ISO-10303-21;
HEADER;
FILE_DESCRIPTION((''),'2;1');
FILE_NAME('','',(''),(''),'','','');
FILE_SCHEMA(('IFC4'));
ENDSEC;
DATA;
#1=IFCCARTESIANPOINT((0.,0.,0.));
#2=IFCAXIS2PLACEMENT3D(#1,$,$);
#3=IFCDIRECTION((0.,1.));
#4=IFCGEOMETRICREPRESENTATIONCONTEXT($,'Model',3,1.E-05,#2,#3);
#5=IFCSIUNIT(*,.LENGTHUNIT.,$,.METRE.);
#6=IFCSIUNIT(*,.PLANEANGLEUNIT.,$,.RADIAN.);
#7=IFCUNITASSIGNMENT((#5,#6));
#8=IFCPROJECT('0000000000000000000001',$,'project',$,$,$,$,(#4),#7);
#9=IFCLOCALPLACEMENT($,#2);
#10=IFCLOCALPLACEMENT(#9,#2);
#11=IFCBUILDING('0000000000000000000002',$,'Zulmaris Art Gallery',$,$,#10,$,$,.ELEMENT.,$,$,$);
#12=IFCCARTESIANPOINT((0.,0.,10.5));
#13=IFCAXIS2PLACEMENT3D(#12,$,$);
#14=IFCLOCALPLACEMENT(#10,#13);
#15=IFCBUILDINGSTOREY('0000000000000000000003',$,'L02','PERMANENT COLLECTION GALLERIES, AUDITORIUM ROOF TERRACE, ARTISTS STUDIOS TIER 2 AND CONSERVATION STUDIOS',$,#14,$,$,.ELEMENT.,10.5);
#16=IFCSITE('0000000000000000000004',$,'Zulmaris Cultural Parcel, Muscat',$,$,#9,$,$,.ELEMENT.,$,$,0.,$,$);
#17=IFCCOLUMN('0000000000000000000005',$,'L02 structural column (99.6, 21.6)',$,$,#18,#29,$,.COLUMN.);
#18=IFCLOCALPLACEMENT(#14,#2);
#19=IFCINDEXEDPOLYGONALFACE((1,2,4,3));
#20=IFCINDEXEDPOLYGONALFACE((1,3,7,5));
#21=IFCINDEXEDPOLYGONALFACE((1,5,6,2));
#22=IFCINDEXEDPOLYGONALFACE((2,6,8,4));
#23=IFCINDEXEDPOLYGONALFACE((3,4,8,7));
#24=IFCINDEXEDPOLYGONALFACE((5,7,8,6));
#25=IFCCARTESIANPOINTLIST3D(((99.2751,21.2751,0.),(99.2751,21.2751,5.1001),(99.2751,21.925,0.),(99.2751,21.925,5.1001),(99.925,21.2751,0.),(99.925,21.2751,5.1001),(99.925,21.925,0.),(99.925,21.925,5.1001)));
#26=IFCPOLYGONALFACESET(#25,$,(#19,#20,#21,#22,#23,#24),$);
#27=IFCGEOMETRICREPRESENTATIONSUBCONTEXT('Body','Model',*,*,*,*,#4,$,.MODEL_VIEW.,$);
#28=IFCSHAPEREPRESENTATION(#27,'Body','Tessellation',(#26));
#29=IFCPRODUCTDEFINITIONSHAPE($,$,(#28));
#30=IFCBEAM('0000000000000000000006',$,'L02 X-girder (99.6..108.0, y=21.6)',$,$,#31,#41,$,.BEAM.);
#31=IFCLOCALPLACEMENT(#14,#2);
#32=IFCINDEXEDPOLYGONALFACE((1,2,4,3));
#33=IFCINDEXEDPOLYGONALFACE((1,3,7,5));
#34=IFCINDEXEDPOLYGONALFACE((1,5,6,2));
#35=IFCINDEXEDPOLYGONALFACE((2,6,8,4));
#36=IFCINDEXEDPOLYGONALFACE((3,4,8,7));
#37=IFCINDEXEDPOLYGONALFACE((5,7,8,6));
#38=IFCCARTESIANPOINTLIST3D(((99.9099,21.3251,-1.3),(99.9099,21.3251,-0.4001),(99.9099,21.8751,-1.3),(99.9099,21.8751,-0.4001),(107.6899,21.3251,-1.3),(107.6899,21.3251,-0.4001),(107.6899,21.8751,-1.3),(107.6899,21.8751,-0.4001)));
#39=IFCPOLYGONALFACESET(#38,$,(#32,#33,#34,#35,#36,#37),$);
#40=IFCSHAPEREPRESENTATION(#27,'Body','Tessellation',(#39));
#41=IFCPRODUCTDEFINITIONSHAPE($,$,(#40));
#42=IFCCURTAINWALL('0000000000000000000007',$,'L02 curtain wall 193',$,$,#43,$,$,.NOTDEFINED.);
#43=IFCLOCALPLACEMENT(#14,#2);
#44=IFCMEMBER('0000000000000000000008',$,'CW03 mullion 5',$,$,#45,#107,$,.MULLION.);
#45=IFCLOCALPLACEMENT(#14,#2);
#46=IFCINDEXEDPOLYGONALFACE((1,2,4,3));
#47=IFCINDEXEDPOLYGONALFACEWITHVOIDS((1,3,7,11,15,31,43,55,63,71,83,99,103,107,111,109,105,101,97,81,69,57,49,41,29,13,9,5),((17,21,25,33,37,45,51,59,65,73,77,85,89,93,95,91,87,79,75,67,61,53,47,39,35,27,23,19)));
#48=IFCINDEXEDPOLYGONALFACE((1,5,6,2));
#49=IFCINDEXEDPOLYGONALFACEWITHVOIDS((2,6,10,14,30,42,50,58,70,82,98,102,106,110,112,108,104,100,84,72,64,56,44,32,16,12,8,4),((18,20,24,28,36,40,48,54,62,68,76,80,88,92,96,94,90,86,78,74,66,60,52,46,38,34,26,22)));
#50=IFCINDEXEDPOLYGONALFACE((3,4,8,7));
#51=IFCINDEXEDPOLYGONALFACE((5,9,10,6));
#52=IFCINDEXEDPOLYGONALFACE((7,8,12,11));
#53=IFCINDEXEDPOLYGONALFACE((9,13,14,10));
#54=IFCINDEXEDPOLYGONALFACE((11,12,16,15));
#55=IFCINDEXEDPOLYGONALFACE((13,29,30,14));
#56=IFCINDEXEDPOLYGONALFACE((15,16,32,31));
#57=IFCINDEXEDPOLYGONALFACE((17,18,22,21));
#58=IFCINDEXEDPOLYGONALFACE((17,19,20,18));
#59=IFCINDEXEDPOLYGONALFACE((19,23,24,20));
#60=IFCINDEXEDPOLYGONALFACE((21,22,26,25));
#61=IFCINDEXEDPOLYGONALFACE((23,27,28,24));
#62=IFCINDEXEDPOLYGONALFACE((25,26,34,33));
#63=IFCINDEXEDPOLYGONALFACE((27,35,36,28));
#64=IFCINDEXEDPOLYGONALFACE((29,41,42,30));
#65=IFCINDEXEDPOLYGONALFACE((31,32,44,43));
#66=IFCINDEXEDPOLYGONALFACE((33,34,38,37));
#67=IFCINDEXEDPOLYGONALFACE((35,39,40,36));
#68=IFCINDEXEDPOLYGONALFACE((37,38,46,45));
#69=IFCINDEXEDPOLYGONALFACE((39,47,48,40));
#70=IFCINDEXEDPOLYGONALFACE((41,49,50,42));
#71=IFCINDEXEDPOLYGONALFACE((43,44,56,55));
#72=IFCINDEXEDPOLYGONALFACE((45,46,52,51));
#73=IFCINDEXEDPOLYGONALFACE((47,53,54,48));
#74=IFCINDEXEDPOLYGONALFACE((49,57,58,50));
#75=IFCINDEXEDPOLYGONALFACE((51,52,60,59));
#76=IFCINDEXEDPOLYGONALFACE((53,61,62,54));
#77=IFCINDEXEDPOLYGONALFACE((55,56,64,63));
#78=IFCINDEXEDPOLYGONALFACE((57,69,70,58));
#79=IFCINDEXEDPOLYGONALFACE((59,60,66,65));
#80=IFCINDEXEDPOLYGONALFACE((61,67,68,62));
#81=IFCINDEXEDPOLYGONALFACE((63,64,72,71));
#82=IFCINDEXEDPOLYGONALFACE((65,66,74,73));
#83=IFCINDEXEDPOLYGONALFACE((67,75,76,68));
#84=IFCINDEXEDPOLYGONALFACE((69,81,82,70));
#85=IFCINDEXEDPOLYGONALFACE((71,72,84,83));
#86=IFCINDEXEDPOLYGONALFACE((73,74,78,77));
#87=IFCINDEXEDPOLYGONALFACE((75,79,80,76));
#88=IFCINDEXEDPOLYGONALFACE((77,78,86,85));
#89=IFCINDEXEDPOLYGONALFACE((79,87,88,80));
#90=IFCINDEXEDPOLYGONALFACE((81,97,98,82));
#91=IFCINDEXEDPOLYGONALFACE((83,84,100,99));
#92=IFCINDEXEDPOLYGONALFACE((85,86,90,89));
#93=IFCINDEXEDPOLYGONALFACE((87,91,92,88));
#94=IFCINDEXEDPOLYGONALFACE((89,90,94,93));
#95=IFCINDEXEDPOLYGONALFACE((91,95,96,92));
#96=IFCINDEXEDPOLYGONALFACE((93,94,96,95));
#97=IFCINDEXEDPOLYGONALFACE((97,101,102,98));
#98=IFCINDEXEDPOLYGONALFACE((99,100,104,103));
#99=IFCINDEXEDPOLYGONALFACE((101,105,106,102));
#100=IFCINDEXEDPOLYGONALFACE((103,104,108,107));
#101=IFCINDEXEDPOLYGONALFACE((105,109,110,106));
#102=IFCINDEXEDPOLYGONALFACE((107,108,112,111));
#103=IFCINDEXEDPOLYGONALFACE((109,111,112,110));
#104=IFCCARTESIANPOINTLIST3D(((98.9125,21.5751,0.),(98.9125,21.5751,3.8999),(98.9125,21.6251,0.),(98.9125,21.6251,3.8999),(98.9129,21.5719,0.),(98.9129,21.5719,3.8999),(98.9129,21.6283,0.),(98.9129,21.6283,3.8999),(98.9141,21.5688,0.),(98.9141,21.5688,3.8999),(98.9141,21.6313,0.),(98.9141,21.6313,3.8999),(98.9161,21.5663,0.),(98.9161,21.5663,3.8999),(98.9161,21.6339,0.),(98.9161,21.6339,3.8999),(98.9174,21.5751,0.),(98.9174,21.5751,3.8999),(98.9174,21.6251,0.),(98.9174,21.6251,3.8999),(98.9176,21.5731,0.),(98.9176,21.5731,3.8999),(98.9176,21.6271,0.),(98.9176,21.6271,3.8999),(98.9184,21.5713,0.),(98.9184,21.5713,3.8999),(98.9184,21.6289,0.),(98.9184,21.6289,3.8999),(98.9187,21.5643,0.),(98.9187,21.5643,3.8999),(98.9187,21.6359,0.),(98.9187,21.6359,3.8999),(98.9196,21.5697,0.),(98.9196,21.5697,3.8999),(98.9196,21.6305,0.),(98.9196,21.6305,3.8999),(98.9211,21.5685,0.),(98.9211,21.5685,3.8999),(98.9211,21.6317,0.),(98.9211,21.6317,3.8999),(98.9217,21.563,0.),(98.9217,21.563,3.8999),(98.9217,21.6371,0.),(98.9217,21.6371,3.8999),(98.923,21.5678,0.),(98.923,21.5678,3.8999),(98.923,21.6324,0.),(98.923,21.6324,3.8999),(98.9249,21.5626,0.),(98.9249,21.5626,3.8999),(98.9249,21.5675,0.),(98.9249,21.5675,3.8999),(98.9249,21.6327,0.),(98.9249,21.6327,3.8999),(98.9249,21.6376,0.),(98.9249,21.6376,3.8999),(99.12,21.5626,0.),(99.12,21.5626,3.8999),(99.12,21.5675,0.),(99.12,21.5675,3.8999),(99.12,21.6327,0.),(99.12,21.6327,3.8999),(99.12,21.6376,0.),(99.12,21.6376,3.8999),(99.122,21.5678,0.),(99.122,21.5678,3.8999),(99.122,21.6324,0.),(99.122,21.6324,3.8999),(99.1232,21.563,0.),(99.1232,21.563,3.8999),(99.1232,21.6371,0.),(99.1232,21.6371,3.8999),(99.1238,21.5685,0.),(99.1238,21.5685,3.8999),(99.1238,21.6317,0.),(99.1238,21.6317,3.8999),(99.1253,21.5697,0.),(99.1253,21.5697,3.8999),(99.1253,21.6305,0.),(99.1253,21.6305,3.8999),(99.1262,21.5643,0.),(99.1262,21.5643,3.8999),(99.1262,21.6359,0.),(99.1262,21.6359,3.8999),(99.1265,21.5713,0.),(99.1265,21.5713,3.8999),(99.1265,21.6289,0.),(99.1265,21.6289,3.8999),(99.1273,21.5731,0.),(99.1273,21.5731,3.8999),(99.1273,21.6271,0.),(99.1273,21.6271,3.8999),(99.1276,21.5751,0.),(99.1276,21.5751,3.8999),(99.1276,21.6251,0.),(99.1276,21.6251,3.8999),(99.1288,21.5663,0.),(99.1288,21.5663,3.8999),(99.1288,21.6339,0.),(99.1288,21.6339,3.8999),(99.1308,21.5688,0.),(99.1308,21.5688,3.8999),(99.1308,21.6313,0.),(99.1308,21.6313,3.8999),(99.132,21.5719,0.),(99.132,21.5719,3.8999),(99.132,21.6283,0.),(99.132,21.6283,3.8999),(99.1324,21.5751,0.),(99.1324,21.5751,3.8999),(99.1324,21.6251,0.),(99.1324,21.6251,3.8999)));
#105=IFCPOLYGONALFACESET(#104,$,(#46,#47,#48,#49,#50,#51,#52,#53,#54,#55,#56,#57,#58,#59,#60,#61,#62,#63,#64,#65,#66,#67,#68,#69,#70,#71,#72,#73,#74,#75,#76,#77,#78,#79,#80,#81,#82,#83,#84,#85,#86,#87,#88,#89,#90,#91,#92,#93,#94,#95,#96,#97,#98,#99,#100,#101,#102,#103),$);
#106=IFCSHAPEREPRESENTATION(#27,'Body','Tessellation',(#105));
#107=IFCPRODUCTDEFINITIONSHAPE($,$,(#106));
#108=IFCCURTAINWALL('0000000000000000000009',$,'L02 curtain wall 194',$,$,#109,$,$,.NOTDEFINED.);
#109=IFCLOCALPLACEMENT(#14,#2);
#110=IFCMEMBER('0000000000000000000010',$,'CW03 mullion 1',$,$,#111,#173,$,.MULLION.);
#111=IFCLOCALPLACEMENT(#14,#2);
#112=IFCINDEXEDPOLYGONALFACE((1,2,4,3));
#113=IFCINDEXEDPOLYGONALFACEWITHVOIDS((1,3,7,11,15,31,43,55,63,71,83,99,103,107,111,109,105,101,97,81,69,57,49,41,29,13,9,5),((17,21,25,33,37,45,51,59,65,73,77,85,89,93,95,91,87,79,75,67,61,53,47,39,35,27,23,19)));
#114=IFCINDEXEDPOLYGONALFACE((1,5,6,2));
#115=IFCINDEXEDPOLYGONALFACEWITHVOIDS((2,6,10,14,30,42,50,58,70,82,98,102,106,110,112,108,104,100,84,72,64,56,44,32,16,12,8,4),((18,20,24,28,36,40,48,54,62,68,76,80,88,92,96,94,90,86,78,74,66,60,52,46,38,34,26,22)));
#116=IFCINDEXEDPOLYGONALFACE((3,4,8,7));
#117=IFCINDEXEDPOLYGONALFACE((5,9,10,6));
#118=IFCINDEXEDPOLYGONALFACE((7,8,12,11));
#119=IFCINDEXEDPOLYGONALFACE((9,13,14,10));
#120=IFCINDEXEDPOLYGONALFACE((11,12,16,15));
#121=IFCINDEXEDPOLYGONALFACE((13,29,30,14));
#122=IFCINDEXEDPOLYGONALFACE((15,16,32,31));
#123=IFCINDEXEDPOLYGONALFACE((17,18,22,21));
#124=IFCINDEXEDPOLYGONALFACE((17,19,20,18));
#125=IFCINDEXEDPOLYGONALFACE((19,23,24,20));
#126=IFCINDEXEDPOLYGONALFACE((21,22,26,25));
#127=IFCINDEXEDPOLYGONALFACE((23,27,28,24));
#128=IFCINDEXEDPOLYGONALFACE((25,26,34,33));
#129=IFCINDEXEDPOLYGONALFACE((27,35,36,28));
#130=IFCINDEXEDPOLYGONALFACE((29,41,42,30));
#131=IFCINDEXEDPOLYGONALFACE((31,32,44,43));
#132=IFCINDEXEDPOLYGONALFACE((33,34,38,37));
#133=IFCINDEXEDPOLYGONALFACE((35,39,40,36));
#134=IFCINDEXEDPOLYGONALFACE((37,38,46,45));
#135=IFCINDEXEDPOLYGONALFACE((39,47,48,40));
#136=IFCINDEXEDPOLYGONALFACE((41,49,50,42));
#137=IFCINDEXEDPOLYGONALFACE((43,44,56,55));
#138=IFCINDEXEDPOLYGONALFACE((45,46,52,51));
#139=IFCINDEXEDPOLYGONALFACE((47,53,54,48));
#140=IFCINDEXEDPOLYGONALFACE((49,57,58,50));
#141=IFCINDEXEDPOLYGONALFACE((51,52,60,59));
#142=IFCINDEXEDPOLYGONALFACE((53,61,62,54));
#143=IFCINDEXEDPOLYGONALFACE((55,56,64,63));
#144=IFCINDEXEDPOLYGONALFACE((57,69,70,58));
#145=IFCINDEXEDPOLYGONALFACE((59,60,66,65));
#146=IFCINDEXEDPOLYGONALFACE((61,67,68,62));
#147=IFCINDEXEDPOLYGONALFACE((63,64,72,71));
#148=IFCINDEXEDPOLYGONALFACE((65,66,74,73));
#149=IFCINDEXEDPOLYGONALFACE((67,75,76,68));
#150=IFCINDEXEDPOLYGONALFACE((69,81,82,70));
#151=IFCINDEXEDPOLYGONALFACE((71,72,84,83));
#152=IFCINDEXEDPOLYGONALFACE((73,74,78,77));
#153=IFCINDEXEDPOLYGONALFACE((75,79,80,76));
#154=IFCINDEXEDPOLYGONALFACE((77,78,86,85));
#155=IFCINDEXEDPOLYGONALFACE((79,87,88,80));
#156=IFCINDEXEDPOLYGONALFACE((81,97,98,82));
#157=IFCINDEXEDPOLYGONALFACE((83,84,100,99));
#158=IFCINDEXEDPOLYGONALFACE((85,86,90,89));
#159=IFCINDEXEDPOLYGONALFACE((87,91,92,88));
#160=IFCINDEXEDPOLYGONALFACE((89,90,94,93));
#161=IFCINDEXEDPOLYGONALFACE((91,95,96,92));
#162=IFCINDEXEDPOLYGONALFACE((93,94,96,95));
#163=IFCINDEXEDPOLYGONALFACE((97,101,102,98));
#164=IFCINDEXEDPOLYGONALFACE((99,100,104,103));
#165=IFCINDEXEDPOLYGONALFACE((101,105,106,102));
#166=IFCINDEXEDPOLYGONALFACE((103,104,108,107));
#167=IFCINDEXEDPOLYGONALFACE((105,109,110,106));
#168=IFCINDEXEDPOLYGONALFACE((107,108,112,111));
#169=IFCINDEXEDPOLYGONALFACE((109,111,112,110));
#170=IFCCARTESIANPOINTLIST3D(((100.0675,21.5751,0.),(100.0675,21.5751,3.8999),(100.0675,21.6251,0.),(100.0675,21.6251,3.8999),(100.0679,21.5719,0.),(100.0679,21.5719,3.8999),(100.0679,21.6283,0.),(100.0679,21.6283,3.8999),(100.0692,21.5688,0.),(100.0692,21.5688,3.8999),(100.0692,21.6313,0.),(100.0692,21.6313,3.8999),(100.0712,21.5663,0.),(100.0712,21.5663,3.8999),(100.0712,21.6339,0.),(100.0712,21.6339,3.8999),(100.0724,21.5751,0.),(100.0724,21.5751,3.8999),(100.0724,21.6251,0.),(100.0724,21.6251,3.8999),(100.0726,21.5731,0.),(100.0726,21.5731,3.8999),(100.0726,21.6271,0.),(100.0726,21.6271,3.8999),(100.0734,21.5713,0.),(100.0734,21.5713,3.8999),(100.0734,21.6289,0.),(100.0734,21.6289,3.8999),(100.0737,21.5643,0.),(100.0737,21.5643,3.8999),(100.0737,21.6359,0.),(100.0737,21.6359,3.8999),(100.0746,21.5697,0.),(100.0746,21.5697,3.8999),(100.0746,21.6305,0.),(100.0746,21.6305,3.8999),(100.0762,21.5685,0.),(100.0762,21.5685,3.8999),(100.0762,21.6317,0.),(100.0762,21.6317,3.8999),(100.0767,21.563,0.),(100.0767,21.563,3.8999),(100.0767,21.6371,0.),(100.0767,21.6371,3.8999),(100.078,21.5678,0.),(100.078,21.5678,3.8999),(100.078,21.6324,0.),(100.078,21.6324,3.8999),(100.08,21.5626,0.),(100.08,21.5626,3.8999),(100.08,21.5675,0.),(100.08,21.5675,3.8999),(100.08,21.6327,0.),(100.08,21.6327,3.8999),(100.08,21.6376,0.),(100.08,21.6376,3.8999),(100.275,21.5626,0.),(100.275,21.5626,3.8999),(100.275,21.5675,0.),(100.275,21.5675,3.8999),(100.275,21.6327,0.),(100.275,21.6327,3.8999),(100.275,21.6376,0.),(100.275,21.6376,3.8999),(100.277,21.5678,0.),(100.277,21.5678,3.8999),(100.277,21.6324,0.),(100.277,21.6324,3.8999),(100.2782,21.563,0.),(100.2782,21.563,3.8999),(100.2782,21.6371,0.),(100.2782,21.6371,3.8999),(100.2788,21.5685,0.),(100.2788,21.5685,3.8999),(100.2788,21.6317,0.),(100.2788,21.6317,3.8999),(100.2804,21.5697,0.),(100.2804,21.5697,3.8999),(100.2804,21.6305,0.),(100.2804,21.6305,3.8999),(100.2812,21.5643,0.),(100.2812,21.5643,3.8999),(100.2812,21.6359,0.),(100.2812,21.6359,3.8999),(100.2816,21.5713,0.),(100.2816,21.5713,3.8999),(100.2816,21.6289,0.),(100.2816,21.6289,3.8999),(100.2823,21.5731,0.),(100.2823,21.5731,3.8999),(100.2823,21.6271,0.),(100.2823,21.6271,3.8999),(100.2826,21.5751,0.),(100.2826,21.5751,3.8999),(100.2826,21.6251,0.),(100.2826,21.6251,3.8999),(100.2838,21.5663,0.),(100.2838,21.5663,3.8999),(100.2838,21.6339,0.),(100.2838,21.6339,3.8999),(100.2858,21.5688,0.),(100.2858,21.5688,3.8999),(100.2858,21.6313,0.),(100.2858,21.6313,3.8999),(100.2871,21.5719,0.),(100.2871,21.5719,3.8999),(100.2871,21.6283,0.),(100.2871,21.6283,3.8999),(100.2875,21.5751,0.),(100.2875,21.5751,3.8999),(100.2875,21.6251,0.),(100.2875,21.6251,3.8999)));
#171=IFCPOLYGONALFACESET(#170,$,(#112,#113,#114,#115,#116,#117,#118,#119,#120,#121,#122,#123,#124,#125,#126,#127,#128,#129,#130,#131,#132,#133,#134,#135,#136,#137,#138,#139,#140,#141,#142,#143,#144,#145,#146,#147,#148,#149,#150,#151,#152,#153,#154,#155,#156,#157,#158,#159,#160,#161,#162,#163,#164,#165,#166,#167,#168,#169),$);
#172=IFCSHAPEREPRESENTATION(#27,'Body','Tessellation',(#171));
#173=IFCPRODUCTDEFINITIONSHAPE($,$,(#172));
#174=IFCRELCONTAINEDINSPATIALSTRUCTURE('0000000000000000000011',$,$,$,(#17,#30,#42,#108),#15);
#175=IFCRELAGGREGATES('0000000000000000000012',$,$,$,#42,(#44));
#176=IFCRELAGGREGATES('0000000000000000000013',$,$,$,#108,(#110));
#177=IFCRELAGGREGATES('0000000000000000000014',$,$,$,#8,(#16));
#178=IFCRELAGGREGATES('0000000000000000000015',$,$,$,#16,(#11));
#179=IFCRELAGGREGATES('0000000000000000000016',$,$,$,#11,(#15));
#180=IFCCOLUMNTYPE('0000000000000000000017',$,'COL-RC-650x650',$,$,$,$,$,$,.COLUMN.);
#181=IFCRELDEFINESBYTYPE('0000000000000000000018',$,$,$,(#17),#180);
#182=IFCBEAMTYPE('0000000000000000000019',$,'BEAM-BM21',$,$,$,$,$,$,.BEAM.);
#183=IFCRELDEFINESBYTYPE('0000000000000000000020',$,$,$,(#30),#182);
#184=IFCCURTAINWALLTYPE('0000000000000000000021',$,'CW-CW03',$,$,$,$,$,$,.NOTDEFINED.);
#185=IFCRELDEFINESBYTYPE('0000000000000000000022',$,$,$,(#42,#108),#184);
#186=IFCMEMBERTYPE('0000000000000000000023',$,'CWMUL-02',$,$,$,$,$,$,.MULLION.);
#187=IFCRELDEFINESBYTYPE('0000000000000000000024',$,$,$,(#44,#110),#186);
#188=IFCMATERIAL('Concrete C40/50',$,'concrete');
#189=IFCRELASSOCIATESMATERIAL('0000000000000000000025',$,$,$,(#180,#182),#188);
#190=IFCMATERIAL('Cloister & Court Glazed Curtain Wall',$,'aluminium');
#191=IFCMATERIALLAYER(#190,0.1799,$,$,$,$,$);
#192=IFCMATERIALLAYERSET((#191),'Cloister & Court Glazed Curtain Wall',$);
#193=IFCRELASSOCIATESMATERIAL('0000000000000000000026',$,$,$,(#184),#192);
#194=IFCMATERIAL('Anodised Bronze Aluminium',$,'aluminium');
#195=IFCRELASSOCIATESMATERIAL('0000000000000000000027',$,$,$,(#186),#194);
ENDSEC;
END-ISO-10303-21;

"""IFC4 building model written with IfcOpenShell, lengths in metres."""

from ifc_helpers import new_model, si_unit, direction, frame, origin, origin_2d, place, context, subcontext, project, spatial, rectangle, hollow_rectangle, extrude, material, layer, layer_set, material_profile, profile_set, type_object, element, aggregate, save


model = new_model("IFC4")

# Units and contexts
model_context = context("Model", 3, precision=1e-05, world=origin(), true_north=direction((0.0, 1.0)))
body_context = subcontext(model_context, "Body", "Model", "MODEL_VIEW")
ifc_project = project(units=[si_unit("LENGTHUNIT", "METRE"), si_unit("PLANEANGLEUNIT", "RADIAN")], contexts=[model_context])

# Site, building, storey
site_placement = place(None, origin())
site = spatial("IfcSite", under=ifc_project, at=site_placement, Name="Zulmaris Cultural Parcel, Muscat", CompositionType="ELEMENT", RefElevation=0.0)
building_placement = place(site_placement, origin())
building = spatial("IfcBuilding", under=site, at=building_placement, Name="Zulmaris Art Gallery", CompositionType="ELEMENT")
storey_placement = place(building_placement, frame((0.0, 0.0, 10.5)))
storey = spatial("IfcBuildingStorey", under=building, at=storey_placement, Name="L02", Description="PERMANENT COLLECTION GALLERIES, AUDITORIUM ROOF TERRACE, ARTISTS STUDIOS TIER 2 AND CONSERVATION STUDIOS", CompositionType="ELEMENT", Elevation=10.5)

# Column
ifc_material_1 = material(Name="Concrete C40/50", Category="concrete")
ifc_material_profile_1 = material_profile(ifc_material_1, rectangle(XDim=0.6499, YDim=0.6499, at=origin_2d()), Name="RC 650x650")
ifc_profile_set_1 = profile_set([ifc_material_profile_1], Name="Concrete C40/50")
column_type = type_object("IfcColumnType", Name="COL-RC-650x650", PredefinedType="COLUMN", material=ifc_profile_set_1)
column_placement = place(storey_placement, frame((99.6001, 21.6001, 0.0), z_axis=(0.0, 0.0, 1.0), x_axis=(1.0, 0.0, 0.0)))
element("IfcColumn", 1, at=column_placement, inside=storey, type_object=column_type, Name="L02 structural column (99.6, 21.6)", PredefinedType="COLUMN", context=body_context, shape_type="SweptSolid", body=[
    extrude(rectangle(XDim=0.6499, YDim=0.6499, at=origin_2d()), origin(), (0.0, 0.0, 1.0), 5.1001),
])

# Beam
ifc_material_profile_2 = material_profile(ifc_material_1, rectangle(XDim=0.55, YDim=0.8999, at=origin_2d()), Name="RC 550x900")
ifc_profile_set_2 = profile_set([ifc_material_profile_2], Name="Concrete C40/50")
beam_type = type_object("IfcBeamType", Name="BEAM-BM21", PredefinedType="BEAM", material=ifc_profile_set_2)
beam_placement = place(storey_placement, frame((99.9099, 21.6001, -0.8501), z_axis=(1.0, 0.0, 0.0), x_axis=(0.0, 1.0, 0.0)))
element("IfcBeam", 2, at=beam_placement, inside=storey, type_object=beam_type, Name="L02 X-girder (99.6..108.0, y=21.6)", PredefinedType="BEAM", context=body_context, shape_type="SweptSolid", body=[
    extrude(rectangle(XDim=0.55, YDim=0.8999, at=origin_2d()), origin(), (0.0, 0.0, 1.0), 7.78),
])

# Curtain wall, member
ifc_material_2 = material(Name="Cloister & Court Glazed Curtain Wall", Category="aluminium")
ifc_layer_1 = layer(ifc_material_2, 0.1799)
ifc_layer_set_1 = layer_set([ifc_layer_1], Name="Cloister & Court Glazed Curtain Wall")
curtain_wall_type = type_object("IfcCurtainWallType", Name="CW-CW03", PredefinedType="NOTDEFINED", material=ifc_layer_set_1)
curtain_wall_1_placement = place(storey_placement, origin())
curtain_wall_1 = element("IfcCurtainWall", 3, at=curtain_wall_1_placement, inside=storey, type_object=curtain_wall_type, Name="L02 curtain wall 193", PredefinedType="NOTDEFINED")
ifc_material_3 = material(Name="Anodised Bronze Aluminium", Category="aluminium")
ifc_material_profile_3 = material_profile(ifc_material_3, hollow_rectangle(XDim=0.075, YDim=0.22, WallThickness=0.0049, InnerFilletRadius=0.0076, OuterFilletRadius=0.0125, at=origin_2d()), Name="ALU 75x220x5")
ifc_profile_set_3 = profile_set([ifc_material_profile_3], Name="Anodised Bronze Aluminium")
member_type_1 = type_object("IfcMemberType", Name="CWMUL-02", PredefinedType="MULLION", material=ifc_profile_set_3)
member_1_placement = place(storey_placement, frame((99.0225, 21.6001, 0.0), z_axis=(0.0, 0.0, 1.0), x_axis=(0.0, 1.0, 0.0)))
member_1 = element("IfcMember", 4, at=member_1_placement, type_object=member_type_1, Name="CW03 mullion 5", PredefinedType="MULLION", context=body_context, shape_type="SweptSolid", body=[
    extrude(hollow_rectangle(XDim=0.075, YDim=0.22, WallThickness=0.0049, InnerFilletRadius=0.0076, OuterFilletRadius=0.0125, at=origin_2d()), origin(), (0.0, 0.0, 1.0), 3.8999),
])
aggregate(curtain_wall_1, [member_1])

# Curtain wall, member
curtain_wall_2_placement = place(storey_placement, origin())
curtain_wall_2 = element("IfcCurtainWall", 5, at=curtain_wall_2_placement, inside=storey, type_object=curtain_wall_type, Name="L02 curtain wall 194", PredefinedType="NOTDEFINED")
member_2_placement = place(storey_placement, frame((100.1775, 21.6001, 0.0), z_axis=(0.0, 0.0, 1.0), x_axis=(0.0, 1.0, 0.0)))
member_2 = element("IfcMember", 6, at=member_2_placement, type_object=member_type_1, Name="CW03 mullion 1", PredefinedType="MULLION", context=body_context, shape_type="SweptSolid", body=[
    extrude(hollow_rectangle(XDim=0.075, YDim=0.22, WallThickness=0.0049, InnerFilletRadius=0.0076, OuterFilletRadius=0.0125, at=origin_2d()), origin(), (0.0, 0.0, 1.0), 3.8999),
])
aggregate(curtain_wall_2, [member_2])

save(model, "model.ifc")
